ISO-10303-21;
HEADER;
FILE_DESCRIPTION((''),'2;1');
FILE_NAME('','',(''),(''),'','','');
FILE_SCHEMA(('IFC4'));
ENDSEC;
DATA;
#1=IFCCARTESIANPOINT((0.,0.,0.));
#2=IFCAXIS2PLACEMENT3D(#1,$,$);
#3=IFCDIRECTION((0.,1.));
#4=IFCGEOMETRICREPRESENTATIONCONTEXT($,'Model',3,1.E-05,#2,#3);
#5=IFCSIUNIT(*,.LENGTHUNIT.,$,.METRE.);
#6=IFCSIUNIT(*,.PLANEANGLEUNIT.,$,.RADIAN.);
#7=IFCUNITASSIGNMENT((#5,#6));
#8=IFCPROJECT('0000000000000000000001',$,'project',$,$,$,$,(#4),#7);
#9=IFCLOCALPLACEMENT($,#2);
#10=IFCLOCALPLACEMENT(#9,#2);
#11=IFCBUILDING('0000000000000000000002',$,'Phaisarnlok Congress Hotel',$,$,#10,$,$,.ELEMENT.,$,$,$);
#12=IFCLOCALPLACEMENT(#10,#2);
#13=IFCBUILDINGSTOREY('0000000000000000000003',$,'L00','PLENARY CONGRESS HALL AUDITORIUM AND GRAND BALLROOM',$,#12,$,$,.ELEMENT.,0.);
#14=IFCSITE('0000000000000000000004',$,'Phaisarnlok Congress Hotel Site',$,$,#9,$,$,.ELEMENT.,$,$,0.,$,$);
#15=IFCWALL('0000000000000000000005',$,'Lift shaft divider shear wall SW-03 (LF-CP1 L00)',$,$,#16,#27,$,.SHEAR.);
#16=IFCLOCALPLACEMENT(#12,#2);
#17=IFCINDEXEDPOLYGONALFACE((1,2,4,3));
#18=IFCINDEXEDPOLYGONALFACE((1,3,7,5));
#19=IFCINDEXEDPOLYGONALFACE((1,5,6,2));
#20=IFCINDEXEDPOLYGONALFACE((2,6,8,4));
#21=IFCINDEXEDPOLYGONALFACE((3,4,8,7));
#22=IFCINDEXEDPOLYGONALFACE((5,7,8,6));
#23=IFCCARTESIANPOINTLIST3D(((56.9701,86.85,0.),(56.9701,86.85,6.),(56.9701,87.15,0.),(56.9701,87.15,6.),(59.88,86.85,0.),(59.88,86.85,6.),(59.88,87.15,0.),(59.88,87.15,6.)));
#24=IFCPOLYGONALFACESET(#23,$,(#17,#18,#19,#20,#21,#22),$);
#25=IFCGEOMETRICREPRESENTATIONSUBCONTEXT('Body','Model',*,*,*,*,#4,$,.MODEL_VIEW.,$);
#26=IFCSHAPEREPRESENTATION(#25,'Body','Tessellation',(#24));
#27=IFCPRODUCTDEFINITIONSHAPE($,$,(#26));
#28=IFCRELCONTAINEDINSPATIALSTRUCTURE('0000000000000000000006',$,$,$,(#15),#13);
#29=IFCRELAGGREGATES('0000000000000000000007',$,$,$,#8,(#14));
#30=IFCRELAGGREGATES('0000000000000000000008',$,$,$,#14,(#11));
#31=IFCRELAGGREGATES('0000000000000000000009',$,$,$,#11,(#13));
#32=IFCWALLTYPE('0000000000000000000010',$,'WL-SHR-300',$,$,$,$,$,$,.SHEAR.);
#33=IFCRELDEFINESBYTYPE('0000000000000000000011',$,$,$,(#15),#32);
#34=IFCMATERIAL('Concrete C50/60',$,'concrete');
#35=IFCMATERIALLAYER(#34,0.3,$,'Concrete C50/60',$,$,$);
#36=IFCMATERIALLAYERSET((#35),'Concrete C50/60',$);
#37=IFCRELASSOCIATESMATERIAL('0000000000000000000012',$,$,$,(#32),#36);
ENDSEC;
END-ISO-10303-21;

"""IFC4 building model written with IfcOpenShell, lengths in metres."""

from ifc_helpers import new_model, si_unit, direction, frame, frame_2d, origin, place, context, subcontext, project, spatial, rectangle, extrude, material, layer, layer_set, type_object, element, save


model = new_model("IFC4")

# Units and contexts
model_context = context("Model", 3, precision=1e-05, world=origin(), true_north=direction((0.0, 1.0)))
body_context = subcontext(model_context, "Body", "Model", "MODEL_VIEW")
ifc_project = project(units=[si_unit("LENGTHUNIT", "METRE"), si_unit("PLANEANGLEUNIT", "RADIAN")], contexts=[model_context])

# Site, building, storey
site_placement = place(None, origin())
site = spatial("IfcSite", under=ifc_project, at=site_placement, Name="Phaisarnlok Congress Hotel Site", CompositionType="ELEMENT", RefElevation=0.0)
building_placement = place(site_placement, origin())
building = spatial("IfcBuilding", under=site, at=building_placement, Name="Phaisarnlok Congress Hotel", CompositionType="ELEMENT")
storey_placement = place(building_placement, origin())
storey = spatial("IfcBuildingStorey", under=building, at=storey_placement, Name="L00", Description="PLENARY CONGRESS HALL AUDITORIUM AND GRAND BALLROOM", CompositionType="ELEMENT", Elevation=0.0)

# Shared definitions
ifc_material_1 = material(Name="Concrete C50/60", Category="concrete")

# Wall
ifc_layer_1 = layer(ifc_material_1, 0.3, Name="Concrete C50/60")
ifc_layer_set_1 = layer_set([ifc_layer_1], Name="Concrete C50/60")
wall_type_1 = type_object("IfcWallType", Name="WL-SHR-300", PredefinedType="SHEAR", material=ifc_layer_set_1)
wall_1_placement = place(storey_placement, frame((56.97, 87.0, 0.0), z_axis=(0.0, 0.0, 1.0), x_axis=(1.0, 0.0, 0.0)))
element("IfcWall", 1, at=wall_1_placement, inside=storey, type_object=wall_type_1, Name="Lift shaft divider shear wall SW-03 (LF-CP1 L00)", PredefinedType="SHEAR", context=body_context, shape_type="SweptSolid", body=[
    extrude(rectangle(XDim=2.9099, YDim=0.3, at=frame_2d((1.4551, 0.0))), origin(), (0.0, 0.0, 1.0), 6.0),
])

save(model, "model.ifc")
